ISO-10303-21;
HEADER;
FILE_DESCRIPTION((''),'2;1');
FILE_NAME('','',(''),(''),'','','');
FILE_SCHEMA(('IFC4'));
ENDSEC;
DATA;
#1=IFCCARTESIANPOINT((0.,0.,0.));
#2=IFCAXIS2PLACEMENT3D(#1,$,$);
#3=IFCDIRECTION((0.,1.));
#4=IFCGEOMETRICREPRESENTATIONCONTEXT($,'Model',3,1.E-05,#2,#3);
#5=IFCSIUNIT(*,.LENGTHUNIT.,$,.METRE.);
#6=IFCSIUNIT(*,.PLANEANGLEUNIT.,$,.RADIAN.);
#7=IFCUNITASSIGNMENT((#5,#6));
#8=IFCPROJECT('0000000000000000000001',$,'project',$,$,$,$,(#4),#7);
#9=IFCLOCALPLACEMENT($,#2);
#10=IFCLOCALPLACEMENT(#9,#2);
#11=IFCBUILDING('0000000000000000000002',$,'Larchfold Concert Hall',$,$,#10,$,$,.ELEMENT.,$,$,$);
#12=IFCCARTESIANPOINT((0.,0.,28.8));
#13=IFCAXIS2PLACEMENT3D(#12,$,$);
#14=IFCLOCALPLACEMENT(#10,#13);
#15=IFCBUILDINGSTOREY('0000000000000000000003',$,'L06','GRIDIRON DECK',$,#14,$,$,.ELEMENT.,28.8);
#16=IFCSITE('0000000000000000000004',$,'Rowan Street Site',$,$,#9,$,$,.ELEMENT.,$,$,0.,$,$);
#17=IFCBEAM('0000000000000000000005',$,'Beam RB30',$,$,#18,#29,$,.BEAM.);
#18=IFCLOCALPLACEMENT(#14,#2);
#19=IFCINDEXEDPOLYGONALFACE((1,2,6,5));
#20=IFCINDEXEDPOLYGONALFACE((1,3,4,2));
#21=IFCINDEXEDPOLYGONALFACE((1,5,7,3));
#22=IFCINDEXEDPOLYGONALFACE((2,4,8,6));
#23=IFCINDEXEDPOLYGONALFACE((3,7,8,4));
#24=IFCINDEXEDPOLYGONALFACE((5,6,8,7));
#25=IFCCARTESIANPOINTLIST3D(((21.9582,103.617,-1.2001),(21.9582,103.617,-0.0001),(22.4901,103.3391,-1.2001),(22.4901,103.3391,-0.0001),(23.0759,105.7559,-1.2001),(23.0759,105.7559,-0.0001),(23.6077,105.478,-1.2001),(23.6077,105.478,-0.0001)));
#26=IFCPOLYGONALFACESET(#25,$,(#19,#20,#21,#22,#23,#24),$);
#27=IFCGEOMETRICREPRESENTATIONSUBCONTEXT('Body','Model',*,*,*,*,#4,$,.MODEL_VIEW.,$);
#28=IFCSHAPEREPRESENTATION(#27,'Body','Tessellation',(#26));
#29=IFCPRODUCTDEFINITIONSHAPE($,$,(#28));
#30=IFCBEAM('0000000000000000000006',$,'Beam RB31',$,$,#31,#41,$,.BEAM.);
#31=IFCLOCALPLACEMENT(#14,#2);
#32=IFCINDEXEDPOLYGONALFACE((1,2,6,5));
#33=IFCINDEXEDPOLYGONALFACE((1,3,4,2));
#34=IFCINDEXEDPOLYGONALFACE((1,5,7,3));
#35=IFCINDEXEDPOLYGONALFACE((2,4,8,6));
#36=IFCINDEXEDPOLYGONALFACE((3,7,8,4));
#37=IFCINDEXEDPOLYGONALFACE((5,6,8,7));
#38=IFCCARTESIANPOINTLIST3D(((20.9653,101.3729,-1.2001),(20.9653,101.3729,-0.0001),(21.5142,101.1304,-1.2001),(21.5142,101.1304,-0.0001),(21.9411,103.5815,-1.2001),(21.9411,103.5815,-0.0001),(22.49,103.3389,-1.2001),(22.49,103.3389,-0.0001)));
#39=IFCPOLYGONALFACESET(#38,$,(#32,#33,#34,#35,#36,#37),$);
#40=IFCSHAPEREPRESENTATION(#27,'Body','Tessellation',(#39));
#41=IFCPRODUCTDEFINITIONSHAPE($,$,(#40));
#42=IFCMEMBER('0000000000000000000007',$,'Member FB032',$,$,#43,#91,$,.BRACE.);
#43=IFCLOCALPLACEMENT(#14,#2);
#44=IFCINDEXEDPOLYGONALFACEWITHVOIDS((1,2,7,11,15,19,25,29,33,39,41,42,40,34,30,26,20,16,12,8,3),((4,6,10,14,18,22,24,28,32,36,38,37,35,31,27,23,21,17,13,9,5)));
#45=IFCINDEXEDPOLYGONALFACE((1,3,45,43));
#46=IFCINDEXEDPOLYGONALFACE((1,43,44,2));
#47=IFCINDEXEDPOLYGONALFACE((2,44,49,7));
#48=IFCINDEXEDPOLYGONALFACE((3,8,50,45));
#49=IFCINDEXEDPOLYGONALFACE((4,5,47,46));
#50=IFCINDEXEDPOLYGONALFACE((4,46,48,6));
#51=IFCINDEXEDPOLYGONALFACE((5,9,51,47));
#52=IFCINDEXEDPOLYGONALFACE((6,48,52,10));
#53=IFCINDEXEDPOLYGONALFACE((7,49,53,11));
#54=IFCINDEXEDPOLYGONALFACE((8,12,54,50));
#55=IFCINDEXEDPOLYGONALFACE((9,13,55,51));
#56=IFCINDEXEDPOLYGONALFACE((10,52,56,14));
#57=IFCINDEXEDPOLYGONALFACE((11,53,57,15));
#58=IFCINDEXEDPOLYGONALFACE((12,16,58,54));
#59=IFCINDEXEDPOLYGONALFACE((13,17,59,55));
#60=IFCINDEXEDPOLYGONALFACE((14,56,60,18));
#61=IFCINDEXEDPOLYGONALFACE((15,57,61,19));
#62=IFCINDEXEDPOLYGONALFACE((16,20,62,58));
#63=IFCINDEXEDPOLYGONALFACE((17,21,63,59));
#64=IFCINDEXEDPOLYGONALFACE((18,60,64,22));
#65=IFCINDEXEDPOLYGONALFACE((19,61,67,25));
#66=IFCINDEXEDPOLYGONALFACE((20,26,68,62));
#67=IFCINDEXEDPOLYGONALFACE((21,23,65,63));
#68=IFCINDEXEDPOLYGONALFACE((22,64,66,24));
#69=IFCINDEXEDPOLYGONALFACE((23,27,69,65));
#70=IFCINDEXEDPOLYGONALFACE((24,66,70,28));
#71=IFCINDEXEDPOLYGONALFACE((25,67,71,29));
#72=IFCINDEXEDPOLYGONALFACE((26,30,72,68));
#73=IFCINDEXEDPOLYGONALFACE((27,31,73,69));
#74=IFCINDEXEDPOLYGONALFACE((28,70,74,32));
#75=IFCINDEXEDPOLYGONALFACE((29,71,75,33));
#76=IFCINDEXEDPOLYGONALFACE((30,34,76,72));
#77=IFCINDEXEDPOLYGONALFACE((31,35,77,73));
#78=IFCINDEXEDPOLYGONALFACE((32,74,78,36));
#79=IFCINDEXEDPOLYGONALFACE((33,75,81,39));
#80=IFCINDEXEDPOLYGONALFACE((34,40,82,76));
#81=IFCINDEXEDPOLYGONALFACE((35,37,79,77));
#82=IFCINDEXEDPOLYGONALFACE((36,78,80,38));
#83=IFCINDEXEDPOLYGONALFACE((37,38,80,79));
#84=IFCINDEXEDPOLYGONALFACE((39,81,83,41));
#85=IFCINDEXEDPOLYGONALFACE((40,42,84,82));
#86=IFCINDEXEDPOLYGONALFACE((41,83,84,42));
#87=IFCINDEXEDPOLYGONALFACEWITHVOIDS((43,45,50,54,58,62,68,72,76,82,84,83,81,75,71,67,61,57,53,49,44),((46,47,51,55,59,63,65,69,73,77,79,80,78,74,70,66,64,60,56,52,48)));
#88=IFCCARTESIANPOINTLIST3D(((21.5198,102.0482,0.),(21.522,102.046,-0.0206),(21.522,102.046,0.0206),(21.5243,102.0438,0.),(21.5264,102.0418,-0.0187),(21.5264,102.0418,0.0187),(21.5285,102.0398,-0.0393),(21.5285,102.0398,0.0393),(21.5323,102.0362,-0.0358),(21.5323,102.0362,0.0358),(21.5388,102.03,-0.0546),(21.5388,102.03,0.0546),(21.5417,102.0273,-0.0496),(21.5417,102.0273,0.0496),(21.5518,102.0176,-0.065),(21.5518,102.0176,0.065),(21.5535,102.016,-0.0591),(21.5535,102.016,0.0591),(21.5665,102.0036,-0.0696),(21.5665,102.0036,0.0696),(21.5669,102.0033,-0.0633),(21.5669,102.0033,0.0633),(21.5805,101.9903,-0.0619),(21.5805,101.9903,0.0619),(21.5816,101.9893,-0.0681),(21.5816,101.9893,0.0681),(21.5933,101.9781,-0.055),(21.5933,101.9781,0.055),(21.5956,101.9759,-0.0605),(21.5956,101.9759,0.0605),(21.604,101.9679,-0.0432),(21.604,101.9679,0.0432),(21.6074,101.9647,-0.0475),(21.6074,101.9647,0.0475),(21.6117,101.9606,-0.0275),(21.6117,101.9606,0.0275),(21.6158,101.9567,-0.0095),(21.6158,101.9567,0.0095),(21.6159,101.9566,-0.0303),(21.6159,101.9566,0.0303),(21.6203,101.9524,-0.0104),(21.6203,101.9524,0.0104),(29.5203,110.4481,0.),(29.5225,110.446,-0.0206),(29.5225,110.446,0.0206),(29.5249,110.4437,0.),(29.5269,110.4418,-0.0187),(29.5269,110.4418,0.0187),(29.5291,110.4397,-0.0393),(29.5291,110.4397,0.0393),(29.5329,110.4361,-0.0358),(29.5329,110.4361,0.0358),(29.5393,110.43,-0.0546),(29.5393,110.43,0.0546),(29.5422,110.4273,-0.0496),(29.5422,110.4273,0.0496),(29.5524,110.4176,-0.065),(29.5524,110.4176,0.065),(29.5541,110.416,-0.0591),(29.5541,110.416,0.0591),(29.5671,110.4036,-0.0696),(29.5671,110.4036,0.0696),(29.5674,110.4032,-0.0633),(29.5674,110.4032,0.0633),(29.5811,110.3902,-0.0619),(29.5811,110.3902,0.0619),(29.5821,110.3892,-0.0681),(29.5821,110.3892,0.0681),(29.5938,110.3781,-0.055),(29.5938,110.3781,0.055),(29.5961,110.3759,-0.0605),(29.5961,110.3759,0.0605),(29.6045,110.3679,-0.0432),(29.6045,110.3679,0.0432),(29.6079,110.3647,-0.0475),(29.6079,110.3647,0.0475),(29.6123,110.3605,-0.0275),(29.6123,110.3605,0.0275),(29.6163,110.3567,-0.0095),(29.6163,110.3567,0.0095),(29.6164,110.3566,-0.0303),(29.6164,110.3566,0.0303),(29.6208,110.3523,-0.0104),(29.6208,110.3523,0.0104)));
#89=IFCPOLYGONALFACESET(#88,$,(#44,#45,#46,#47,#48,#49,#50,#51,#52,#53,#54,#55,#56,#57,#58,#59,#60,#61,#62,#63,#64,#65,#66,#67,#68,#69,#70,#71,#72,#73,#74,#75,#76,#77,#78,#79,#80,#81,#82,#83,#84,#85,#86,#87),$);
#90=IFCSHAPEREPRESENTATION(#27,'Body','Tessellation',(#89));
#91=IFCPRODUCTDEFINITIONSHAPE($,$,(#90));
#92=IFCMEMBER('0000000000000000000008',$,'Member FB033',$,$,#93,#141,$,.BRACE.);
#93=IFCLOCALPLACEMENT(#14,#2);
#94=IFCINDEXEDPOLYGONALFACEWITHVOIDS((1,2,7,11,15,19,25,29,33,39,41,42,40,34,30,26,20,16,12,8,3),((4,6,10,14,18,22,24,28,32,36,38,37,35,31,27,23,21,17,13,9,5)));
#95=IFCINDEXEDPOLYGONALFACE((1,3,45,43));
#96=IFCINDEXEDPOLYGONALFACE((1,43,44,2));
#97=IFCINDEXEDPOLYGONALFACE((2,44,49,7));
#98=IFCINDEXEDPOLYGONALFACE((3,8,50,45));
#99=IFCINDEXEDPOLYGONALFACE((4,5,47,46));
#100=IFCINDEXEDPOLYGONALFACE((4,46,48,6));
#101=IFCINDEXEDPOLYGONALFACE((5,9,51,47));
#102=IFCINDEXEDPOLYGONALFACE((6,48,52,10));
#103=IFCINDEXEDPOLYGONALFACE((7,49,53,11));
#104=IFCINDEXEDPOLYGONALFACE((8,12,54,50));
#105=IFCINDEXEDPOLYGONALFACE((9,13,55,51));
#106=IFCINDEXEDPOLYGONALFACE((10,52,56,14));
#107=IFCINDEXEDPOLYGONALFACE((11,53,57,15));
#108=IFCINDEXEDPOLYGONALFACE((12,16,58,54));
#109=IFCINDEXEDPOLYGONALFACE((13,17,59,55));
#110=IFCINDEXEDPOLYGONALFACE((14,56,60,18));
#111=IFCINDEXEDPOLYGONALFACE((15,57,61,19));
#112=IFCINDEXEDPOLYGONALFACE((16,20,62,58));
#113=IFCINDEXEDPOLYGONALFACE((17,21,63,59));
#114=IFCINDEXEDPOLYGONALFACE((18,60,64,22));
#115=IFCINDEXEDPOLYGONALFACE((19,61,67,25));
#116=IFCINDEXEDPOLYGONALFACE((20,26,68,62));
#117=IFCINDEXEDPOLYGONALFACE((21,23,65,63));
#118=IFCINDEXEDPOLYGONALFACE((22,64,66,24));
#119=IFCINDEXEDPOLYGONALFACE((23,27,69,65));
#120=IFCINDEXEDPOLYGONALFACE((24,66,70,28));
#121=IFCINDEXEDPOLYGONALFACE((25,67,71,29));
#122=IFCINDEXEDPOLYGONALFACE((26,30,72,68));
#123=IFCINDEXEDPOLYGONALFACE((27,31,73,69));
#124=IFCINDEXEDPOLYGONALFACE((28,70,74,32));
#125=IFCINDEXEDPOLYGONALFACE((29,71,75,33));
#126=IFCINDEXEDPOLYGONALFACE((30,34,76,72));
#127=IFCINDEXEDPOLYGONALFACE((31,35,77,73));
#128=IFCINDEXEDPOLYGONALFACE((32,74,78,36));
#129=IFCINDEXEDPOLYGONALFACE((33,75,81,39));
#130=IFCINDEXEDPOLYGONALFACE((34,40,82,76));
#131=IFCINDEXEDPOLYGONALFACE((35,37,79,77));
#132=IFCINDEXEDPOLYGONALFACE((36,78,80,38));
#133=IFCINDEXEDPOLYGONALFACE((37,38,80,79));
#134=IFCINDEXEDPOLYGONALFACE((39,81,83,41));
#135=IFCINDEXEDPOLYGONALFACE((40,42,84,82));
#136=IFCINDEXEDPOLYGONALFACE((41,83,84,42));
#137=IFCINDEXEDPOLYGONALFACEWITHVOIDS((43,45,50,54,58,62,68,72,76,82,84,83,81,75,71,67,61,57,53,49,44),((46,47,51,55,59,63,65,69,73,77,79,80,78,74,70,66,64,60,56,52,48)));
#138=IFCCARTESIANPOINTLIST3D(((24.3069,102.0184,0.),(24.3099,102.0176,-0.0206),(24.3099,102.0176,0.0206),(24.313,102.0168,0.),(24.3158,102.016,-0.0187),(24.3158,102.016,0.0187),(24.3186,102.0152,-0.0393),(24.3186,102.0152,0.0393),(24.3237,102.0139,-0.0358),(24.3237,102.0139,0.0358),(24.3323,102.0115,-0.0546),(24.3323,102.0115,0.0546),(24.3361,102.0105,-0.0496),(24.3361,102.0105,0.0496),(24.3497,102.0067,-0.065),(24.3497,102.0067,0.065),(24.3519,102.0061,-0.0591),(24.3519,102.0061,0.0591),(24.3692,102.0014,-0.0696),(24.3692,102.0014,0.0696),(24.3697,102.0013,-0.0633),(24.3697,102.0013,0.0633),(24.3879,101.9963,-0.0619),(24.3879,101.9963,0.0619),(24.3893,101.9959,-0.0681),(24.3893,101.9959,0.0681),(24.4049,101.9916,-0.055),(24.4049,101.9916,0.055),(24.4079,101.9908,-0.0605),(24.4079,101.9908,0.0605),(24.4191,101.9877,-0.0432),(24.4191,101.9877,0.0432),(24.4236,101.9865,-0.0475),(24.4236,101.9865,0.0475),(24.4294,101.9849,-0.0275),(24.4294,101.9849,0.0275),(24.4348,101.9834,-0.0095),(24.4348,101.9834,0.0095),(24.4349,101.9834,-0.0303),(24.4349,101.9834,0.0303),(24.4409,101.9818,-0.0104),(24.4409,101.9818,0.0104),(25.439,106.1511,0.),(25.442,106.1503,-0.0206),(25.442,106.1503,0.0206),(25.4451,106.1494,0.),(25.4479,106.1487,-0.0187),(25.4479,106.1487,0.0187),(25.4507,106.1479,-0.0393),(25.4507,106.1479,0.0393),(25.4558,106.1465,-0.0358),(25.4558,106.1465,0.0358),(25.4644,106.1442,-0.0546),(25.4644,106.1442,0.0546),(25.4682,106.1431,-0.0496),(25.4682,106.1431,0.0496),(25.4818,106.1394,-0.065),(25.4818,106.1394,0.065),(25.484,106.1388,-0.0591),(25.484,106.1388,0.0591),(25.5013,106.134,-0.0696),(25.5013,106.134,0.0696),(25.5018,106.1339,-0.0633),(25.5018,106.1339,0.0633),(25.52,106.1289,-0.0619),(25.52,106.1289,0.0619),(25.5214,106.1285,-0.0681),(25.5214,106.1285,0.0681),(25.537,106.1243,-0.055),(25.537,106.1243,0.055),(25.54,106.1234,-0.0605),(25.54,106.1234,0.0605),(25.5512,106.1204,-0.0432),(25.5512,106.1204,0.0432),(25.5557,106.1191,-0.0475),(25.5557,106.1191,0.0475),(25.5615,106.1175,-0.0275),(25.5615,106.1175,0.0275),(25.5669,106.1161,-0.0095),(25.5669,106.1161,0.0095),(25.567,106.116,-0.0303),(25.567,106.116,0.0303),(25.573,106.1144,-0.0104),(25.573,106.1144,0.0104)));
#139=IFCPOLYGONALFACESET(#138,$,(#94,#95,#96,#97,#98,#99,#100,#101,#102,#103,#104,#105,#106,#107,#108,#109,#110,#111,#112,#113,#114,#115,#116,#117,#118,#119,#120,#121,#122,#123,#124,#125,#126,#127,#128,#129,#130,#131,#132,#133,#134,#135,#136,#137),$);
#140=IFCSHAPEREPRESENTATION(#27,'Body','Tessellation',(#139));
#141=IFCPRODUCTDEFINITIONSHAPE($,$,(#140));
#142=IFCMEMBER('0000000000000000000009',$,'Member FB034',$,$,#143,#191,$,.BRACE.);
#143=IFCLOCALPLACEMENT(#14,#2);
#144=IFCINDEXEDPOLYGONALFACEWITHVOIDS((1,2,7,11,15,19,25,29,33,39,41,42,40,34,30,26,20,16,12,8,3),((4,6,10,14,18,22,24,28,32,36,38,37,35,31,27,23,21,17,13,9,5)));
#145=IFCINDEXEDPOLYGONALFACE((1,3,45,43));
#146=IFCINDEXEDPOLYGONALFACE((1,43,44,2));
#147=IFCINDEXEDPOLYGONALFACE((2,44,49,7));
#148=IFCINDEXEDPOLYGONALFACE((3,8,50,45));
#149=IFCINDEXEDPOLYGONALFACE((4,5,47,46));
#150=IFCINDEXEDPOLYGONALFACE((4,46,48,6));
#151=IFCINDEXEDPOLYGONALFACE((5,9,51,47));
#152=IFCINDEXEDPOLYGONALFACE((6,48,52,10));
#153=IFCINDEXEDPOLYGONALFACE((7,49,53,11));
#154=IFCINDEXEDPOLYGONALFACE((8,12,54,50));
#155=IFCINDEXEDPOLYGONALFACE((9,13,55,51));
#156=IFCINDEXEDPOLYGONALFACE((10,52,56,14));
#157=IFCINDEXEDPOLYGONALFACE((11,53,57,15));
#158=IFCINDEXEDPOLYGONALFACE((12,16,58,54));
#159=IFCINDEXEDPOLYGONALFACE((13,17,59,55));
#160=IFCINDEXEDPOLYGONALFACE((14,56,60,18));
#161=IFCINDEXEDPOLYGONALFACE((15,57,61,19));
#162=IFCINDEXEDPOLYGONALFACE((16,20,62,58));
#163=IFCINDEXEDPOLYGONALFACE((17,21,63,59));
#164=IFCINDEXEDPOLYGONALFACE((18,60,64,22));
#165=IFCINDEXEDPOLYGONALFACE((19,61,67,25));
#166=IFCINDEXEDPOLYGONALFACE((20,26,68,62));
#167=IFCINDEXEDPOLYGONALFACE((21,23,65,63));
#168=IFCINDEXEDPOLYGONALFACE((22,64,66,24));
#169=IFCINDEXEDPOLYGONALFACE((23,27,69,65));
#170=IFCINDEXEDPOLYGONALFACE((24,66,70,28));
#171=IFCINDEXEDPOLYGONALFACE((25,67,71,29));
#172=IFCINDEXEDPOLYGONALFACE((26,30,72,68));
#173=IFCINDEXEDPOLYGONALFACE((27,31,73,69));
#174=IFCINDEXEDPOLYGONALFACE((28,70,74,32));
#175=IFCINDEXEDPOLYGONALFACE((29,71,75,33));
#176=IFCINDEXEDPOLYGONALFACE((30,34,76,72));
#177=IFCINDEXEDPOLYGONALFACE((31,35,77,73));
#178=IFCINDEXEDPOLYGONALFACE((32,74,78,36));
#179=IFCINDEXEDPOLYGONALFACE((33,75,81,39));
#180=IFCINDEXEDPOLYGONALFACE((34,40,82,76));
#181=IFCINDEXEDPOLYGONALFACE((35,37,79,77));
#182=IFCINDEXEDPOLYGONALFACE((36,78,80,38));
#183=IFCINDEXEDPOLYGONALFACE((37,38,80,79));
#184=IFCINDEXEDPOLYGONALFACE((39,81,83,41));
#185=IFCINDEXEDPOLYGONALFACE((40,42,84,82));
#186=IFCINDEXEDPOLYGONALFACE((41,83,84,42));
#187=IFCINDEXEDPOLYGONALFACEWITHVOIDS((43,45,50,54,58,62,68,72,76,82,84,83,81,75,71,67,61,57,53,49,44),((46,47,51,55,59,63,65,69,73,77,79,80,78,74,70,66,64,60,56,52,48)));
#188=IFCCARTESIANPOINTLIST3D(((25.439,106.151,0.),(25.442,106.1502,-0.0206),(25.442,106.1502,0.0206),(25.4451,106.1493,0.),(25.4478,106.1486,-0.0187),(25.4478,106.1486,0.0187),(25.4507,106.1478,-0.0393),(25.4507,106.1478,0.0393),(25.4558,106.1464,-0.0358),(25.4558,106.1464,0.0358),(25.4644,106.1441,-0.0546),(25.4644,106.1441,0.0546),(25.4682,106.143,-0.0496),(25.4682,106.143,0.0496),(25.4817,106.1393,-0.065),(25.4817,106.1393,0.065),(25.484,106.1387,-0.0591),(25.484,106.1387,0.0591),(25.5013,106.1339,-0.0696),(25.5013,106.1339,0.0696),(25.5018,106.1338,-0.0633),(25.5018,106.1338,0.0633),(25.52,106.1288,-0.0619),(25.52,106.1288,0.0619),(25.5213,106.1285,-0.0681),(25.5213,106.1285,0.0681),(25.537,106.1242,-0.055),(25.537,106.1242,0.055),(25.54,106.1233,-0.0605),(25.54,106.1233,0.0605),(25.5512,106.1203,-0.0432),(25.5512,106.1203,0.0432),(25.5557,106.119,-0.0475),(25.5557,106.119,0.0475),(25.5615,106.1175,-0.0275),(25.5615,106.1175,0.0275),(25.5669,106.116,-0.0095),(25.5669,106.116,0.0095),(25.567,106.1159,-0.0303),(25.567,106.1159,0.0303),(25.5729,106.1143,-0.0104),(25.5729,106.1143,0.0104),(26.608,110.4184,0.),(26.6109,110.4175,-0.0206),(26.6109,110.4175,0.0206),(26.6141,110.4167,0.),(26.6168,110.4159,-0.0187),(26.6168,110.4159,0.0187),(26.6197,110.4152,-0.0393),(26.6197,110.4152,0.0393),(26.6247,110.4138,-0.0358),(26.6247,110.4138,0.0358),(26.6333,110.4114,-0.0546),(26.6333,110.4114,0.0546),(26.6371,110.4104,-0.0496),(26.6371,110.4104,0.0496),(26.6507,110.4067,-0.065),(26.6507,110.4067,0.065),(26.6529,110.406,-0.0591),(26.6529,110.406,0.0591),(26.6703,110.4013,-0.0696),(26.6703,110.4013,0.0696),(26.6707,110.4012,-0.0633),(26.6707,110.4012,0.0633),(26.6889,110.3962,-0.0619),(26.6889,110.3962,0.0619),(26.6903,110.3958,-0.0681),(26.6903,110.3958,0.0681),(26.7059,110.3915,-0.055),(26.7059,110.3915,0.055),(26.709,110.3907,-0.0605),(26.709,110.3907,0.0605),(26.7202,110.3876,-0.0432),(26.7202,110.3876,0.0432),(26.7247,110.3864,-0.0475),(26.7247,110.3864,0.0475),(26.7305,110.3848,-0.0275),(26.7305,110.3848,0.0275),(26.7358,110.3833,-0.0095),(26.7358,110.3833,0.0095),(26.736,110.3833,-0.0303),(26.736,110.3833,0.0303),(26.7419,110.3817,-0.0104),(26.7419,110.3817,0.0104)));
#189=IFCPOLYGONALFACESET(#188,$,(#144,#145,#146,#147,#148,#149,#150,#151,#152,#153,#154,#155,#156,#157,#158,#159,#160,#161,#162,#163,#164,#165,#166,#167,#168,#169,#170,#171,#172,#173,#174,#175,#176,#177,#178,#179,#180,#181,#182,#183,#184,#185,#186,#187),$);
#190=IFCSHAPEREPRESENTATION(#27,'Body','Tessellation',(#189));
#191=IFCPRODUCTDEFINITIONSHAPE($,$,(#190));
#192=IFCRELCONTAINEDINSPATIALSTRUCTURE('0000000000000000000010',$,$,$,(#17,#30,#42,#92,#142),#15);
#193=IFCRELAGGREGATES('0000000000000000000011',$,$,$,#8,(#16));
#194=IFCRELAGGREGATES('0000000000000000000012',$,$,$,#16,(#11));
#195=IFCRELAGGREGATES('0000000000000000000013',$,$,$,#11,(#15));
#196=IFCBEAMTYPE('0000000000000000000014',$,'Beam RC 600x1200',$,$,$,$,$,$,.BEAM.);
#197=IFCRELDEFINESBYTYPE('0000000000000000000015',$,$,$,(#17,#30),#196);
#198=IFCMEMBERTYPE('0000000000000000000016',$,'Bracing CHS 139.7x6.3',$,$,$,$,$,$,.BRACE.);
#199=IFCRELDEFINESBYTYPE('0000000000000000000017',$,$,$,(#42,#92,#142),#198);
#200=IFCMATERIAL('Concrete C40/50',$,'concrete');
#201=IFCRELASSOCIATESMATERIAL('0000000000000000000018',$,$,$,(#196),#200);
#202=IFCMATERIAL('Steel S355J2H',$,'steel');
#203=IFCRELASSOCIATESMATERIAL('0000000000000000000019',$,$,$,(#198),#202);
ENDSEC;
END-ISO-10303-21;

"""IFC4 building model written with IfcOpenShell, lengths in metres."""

from ifc_helpers import new_model, si_unit, direction, frame, origin, origin_2d, place, context, subcontext, project, spatial, rectangle, hollow_circle, extrude, material, material_profile, profile_set, type_object, element, save


model = new_model("IFC4")

# Units and contexts
model_context = context("Model", 3, precision=1e-05, world=origin(), true_north=direction((0.0, 1.0)))
body_context = subcontext(model_context, "Body", "Model", "MODEL_VIEW")
ifc_project = project(units=[si_unit("LENGTHUNIT", "METRE"), si_unit("PLANEANGLEUNIT", "RADIAN")], contexts=[model_context])

# Site, building, storey
site_placement = place(None, origin())
site = spatial("IfcSite", under=ifc_project, at=site_placement, Name="Rowan Street Site", CompositionType="ELEMENT", RefElevation=0.0)
building_placement = place(site_placement, origin())
building = spatial("IfcBuilding", under=site, at=building_placement, Name="Larchfold Concert Hall", CompositionType="ELEMENT")
storey_placement = place(building_placement, frame((0.0, 0.0, 28.8)))
storey = spatial("IfcBuildingStorey", under=building, at=storey_placement, Name="L06", Description="GRIDIRON DECK", CompositionType="ELEMENT", Elevation=28.8)

# Beams
ifc_material_1 = material(Name="Concrete C40/50", Category="concrete")
ifc_material_profile_1 = material_profile(ifc_material_1, rectangle(XDim=0.6001, YDim=1.2, at=origin_2d()))
ifc_profile_set_1 = profile_set([ifc_material_profile_1], Name="Concrete C40/50")
beam_type_1 = type_object("IfcBeamType", Name="Beam RC 600x1200", PredefinedType="BEAM", material=ifc_profile_set_1)
beam_1_placement = place(storey_placement, frame((23.3418, 105.6169, -0.6001), z_axis=(-0.463126, -0.886292, 0.0), x_axis=(0.886292, -0.463126, 0.0)))
element("IfcBeam", 1, at=beam_1_placement, inside=storey, type_object=beam_type_1, Name="Beam RB30", PredefinedType="BEAM", context=body_context, shape_type="SweptSolid", body=[
    extrude(rectangle(XDim=0.6001, YDim=1.2, at=origin_2d()), origin(), (0.0, 0.0, 1.0), 2.4133),
])
beam_2_placement = place(storey_placement, frame((22.2156, 103.4602, -0.6001), z_axis=(-0.404158, -0.914689, 0.0), x_axis=(0.914689, -0.404158, 0.0)))
element("IfcBeam", 2, at=beam_2_placement, inside=storey, type_object=beam_type_1, Name="Beam RB31", PredefinedType="BEAM", context=body_context, shape_type="SweptSolid", body=[
    extrude(rectangle(XDim=0.6001, YDim=1.2, at=origin_2d()), origin(), (0.0, 0.0, 1.0), 2.4146),
])

# Members
ifc_material_2 = material(Name="Steel S355J2H", Category="steel")
ifc_material_profile_2 = material_profile(ifc_material_2, hollow_circle(Radius=0.0698, WallThickness=0.0063, at=origin_2d()))
ifc_profile_set_2 = profile_set([ifc_material_profile_2], Name="Steel S355J2H")
member_type_1 = type_object("IfcMemberType", Name="Bracing CHS 139.7x6.3", PredefinedType="BRACE", material=ifc_profile_set_2)
member_1_placement = place(storey_placement, frame((21.5703, 102.0, 0.0), z_axis=(0.689681, 0.724113, 0.0), x_axis=(-0.724113, 0.689681, 0.0)))
element("IfcMember", 3, at=member_1_placement, inside=storey, type_object=member_type_1, Name="Member FB032", PredefinedType="BRACE", context=body_context, shape_type="SweptSolid", body=[
    extrude(hollow_circle(Radius=0.0698, WallThickness=0.0063, at=origin_2d()), origin(), (0.0, 0.0, 1.0), 11.6003),
])
member_2_placement = place(storey_placement, frame((24.3743, 102.0, 0.0), z_axis=(0.264207, 0.964466, 0.0), x_axis=(-0.964466, 0.264207, 0.0)))
element("IfcMember", 4, at=member_2_placement, inside=storey, type_object=member_type_1, Name="Member FB033", PredefinedType="BRACE", context=body_context, shape_type="SweptSolid", body=[
    extrude(hollow_circle(Radius=0.0698, WallThickness=0.0063, at=origin_2d()), origin(), (0.0, 0.0, 1.0), 4.2849),
])
member_3_placement = place(storey_placement, frame((25.5063, 106.1326, 0.0), z_axis=(0.264196, 0.964469, 0.0), x_axis=(-0.964469, 0.264196, 0.0)))
element("IfcMember", 5, at=member_3_placement, inside=storey, type_object=member_type_1, Name="Member FB034", PredefinedType="BRACE", context=body_context, shape_type="SweptSolid", body=[
    extrude(hollow_circle(Radius=0.0698, WallThickness=0.0063, at=origin_2d()), origin(), (0.0, 0.0, 1.0), 4.4246),
])

save(model, "model.ifc")
